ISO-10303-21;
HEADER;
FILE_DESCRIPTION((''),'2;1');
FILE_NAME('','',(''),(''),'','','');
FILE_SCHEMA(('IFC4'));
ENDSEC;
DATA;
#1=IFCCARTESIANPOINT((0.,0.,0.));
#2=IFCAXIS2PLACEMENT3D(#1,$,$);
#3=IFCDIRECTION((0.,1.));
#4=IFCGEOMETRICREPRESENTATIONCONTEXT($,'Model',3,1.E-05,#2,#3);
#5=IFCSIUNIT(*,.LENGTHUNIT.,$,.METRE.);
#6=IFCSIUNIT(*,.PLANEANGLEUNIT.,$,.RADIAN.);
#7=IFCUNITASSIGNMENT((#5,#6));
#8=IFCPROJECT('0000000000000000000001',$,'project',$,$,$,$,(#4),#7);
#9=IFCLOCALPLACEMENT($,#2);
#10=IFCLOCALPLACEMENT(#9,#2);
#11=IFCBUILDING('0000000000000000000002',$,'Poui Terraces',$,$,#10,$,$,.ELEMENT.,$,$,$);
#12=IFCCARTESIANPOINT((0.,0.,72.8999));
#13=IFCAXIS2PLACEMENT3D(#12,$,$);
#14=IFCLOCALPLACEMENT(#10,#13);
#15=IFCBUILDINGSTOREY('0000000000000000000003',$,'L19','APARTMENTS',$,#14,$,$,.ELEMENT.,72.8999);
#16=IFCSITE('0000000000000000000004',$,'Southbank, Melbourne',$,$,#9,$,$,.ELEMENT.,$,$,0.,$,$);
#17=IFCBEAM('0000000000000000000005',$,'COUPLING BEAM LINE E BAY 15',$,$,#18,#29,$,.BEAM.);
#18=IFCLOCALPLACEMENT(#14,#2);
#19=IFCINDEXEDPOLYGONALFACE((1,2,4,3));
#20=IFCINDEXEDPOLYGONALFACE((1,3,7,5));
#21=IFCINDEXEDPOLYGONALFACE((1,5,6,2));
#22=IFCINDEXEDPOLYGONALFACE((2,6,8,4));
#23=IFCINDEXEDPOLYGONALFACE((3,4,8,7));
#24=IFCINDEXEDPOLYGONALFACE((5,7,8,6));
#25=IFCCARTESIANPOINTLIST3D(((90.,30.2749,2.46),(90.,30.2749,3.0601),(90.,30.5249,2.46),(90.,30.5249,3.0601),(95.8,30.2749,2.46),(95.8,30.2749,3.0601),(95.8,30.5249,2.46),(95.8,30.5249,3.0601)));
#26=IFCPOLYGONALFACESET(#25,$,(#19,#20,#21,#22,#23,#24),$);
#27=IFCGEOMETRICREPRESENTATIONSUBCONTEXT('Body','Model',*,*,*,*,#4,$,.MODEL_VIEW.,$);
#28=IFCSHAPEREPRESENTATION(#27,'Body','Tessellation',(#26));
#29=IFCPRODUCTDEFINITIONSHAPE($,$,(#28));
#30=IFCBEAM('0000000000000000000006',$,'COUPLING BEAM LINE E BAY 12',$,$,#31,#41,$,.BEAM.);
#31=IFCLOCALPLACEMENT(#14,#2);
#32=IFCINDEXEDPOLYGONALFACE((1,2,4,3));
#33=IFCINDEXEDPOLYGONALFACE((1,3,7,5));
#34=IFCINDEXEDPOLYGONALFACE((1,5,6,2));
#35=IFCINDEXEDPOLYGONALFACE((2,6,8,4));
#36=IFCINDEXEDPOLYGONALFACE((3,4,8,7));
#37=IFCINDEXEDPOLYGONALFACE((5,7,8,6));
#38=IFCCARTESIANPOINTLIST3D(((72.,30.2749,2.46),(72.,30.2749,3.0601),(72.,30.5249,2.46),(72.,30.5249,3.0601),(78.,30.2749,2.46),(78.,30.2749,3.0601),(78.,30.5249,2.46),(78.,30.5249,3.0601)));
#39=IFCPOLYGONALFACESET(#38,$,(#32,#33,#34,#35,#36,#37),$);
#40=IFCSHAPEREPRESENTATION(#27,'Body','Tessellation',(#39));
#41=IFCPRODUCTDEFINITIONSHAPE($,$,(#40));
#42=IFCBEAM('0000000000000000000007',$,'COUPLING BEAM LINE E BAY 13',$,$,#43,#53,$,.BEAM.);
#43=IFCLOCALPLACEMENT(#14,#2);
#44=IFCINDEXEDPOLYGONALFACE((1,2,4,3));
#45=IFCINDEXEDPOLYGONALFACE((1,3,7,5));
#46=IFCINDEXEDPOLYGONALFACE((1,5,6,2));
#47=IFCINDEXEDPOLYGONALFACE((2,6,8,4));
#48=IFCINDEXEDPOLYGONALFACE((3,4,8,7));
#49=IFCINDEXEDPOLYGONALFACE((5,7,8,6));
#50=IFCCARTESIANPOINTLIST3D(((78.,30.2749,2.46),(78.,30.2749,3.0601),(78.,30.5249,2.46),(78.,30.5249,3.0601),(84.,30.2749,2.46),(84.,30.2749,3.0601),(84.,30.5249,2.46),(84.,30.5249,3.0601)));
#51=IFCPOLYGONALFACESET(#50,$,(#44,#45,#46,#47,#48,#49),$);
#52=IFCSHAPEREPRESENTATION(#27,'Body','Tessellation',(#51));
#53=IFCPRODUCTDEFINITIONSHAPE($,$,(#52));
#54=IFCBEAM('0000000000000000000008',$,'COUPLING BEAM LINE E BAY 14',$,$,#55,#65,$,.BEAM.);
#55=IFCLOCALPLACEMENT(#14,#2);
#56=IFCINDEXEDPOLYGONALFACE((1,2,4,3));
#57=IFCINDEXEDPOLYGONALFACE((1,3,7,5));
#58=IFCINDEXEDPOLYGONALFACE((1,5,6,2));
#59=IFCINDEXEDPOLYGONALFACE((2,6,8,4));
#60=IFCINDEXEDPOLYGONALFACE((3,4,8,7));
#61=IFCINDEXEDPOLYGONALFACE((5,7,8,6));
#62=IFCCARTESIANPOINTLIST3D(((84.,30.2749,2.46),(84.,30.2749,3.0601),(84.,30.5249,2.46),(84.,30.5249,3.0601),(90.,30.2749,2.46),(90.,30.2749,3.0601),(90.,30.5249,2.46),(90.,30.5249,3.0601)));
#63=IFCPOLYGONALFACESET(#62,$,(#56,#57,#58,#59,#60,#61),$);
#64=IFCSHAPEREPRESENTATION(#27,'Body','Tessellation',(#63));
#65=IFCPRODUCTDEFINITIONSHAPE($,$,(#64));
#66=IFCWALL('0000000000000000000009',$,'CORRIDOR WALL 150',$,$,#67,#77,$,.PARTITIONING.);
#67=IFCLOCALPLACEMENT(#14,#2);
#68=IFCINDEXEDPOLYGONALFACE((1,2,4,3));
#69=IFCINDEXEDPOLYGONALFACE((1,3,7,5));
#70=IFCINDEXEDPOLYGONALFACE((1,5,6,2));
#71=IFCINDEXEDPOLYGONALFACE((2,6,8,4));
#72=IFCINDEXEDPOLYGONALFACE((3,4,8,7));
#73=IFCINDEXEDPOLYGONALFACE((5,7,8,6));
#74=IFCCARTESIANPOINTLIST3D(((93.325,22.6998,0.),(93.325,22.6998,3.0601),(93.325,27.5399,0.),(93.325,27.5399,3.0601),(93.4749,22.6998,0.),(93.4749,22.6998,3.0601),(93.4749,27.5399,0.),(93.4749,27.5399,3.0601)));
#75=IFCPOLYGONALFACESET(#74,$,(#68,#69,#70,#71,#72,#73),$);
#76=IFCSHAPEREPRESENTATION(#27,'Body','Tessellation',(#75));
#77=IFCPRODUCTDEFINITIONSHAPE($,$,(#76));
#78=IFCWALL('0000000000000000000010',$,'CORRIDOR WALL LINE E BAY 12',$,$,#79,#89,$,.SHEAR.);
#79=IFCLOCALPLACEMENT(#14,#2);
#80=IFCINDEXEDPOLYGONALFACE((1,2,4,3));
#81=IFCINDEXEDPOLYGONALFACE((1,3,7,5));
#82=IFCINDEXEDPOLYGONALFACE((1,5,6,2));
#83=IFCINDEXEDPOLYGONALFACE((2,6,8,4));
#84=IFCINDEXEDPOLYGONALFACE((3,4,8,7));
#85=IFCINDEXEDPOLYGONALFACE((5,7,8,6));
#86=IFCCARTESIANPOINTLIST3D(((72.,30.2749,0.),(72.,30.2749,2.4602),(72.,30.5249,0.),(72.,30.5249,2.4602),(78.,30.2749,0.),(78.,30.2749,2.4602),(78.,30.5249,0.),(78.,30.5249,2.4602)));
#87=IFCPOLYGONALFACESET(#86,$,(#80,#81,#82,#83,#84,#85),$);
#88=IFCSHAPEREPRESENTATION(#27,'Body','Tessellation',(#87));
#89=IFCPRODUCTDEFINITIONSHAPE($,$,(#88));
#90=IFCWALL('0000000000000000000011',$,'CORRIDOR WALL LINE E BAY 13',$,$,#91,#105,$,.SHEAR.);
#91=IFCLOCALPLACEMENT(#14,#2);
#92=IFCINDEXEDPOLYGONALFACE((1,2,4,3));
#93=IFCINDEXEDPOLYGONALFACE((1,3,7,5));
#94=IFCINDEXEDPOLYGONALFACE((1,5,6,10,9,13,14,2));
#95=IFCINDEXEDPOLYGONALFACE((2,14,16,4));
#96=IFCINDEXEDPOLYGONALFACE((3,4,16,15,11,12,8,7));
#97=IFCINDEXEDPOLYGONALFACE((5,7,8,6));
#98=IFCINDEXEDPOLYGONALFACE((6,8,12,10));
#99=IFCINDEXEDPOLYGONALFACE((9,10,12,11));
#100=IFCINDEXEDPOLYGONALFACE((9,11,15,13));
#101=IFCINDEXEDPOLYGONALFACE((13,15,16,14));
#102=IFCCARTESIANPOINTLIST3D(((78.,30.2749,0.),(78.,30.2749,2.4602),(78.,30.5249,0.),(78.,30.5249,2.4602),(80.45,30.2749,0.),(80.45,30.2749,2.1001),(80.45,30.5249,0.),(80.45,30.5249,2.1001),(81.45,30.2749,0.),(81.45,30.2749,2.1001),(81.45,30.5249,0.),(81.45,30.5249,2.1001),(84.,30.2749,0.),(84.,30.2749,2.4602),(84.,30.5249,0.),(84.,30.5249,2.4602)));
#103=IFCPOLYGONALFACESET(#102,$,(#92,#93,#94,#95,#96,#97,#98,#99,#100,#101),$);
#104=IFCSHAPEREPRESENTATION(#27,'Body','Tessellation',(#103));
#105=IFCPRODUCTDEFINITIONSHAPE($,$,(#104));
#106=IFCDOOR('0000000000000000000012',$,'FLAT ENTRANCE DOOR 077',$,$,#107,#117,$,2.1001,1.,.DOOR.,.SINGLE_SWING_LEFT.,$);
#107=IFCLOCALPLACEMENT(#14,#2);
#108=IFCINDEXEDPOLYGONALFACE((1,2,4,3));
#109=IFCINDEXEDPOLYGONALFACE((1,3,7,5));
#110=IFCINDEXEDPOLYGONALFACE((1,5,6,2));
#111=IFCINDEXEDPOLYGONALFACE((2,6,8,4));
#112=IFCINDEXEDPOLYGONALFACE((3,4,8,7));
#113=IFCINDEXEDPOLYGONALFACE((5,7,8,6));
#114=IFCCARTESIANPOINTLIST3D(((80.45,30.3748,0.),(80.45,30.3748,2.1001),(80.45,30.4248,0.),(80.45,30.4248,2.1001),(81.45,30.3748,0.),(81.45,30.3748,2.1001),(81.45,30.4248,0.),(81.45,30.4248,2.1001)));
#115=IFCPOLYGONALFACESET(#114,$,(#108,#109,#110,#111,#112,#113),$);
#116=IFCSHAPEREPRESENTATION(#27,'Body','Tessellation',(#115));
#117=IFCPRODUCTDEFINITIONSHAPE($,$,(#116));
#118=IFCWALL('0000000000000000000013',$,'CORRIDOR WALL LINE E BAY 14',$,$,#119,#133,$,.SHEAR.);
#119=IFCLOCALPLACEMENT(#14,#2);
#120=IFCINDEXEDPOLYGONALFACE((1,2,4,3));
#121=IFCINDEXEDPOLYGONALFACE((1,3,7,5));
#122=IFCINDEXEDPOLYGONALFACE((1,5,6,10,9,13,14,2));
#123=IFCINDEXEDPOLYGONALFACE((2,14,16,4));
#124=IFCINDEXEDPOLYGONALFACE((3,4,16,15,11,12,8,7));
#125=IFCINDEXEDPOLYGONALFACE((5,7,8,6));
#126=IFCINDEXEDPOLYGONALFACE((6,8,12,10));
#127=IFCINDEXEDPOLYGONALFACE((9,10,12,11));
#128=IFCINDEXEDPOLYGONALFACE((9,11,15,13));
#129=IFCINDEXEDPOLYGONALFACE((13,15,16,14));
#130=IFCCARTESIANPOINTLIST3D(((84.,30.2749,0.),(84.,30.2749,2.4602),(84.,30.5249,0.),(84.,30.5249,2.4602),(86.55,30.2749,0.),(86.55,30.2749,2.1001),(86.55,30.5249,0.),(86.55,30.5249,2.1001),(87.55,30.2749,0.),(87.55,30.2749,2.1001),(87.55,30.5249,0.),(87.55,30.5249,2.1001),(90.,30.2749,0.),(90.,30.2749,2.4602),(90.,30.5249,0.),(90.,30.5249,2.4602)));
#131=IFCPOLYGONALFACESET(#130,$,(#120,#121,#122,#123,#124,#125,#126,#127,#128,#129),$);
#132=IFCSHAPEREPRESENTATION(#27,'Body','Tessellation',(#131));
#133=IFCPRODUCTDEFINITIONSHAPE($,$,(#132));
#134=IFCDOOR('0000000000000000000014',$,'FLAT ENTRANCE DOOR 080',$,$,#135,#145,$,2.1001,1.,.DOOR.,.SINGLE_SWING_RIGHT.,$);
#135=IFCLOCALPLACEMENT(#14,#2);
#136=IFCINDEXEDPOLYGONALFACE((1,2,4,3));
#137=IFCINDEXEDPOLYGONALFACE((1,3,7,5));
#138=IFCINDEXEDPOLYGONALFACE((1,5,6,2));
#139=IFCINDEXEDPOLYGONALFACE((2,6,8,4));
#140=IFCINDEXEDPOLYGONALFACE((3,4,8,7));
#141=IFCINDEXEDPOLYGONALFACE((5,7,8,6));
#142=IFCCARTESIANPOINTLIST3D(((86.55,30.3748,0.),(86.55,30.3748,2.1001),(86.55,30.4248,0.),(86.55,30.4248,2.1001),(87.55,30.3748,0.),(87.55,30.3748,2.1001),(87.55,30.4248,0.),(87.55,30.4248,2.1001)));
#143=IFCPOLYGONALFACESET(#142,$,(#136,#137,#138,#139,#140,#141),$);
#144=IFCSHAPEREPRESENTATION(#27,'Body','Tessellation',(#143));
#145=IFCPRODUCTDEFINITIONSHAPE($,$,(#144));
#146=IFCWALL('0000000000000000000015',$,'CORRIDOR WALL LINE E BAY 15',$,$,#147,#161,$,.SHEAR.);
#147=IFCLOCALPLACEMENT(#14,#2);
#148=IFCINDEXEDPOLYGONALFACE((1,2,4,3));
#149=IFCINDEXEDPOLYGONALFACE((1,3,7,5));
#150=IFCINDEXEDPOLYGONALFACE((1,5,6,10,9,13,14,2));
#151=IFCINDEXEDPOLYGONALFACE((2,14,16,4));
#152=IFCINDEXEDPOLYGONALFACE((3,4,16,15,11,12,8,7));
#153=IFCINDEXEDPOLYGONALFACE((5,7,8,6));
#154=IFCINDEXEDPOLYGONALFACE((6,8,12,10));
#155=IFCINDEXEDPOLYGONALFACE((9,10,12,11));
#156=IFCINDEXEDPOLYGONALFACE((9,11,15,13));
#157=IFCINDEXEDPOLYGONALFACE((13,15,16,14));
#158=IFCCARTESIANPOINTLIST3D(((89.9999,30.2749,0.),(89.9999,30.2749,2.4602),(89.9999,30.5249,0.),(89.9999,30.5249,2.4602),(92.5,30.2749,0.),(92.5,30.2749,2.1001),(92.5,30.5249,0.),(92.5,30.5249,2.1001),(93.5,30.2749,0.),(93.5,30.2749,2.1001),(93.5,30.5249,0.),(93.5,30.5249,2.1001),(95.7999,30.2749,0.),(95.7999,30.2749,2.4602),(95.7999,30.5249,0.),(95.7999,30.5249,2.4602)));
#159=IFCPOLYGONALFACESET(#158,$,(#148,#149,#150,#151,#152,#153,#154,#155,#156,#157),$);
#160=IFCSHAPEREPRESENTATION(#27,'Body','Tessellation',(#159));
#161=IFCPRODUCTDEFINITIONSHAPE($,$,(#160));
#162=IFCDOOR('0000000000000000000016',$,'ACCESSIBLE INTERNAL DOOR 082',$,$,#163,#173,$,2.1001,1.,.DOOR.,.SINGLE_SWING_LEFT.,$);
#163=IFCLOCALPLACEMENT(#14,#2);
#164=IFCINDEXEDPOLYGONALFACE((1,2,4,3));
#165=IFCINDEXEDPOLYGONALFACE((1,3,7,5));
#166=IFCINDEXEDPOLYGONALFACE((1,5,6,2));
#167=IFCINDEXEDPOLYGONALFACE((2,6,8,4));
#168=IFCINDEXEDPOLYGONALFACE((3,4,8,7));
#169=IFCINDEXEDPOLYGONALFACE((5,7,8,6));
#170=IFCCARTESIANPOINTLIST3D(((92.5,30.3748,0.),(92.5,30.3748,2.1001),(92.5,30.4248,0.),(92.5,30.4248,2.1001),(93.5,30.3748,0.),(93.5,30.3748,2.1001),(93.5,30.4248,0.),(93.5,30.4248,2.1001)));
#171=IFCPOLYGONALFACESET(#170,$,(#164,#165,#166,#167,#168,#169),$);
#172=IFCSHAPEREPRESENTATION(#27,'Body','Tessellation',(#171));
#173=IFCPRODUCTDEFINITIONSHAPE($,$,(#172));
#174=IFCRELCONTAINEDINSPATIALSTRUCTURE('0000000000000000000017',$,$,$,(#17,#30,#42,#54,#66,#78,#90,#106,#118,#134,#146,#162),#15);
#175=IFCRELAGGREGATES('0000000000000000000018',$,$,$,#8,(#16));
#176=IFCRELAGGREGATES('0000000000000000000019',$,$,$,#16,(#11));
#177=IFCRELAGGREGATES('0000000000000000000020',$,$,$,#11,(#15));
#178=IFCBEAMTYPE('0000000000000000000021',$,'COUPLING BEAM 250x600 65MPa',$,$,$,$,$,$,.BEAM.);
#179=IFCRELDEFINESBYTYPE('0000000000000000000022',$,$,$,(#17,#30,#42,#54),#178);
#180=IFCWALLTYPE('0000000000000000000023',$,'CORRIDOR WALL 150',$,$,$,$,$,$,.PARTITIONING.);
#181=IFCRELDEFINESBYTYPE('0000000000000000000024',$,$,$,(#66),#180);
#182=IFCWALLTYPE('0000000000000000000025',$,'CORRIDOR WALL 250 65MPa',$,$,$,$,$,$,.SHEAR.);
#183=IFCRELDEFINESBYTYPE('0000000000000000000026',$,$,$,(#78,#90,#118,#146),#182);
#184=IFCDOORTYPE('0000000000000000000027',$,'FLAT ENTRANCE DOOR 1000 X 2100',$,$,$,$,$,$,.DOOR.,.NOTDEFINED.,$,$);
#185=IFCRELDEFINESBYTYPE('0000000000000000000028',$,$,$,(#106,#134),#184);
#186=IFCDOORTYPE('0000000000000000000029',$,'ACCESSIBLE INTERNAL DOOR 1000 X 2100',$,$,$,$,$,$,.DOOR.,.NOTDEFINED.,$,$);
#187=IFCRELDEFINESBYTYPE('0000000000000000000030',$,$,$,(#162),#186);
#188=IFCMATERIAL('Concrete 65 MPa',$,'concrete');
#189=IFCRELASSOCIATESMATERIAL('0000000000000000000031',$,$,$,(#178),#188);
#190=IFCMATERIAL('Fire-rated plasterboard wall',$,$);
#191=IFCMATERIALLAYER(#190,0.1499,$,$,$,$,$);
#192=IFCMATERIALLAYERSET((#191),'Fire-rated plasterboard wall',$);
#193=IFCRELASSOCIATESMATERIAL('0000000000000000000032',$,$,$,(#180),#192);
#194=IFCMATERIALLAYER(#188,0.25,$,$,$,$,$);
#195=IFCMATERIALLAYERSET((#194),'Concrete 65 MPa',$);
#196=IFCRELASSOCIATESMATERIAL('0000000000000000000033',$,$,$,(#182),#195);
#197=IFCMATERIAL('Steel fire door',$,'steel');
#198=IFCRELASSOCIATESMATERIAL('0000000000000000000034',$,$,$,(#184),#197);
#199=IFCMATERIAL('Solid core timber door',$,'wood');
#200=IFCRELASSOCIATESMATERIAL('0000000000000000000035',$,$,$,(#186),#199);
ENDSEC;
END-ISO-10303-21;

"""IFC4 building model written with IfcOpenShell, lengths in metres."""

from ifc_helpers import new_model, si_unit, direction, frame, frame_2d, origin, origin_2d, place, context, subcontext, project, spatial, rectangle, extrude, source, transform, mapped, material, layer, layer_set, material_profile, profile_set, type_object, element, fill, save


model = new_model("IFC4")

# Units and contexts
model_context = context("Model", 3, precision=1e-05, world=origin(), true_north=direction((0.0, 1.0)))
body_context = subcontext(model_context, "Body", "Model", "MODEL_VIEW")
ifc_project = project(units=[si_unit("LENGTHUNIT", "METRE"), si_unit("PLANEANGLEUNIT", "RADIAN")], contexts=[model_context])

# Site, building, storey
site_placement = place(None, origin())
site = spatial("IfcSite", under=ifc_project, at=site_placement, Name="Southbank, Melbourne", CompositionType="ELEMENT", RefElevation=0.0)
building_placement = place(site_placement, origin())
building = spatial("IfcBuilding", under=site, at=building_placement, Name="Poui Terraces", CompositionType="ELEMENT")
storey_placement = place(building_placement, frame((0.0, 0.0, 72.8999)))
storey = spatial("IfcBuildingStorey", under=building, at=storey_placement, Name="L19", Description="APARTMENTS", CompositionType="ELEMENT", Elevation=72.8999)

# Beams
ifc_material_1 = material(Name="Concrete 65 MPa", Category="concrete")
ifc_material_profile = material_profile(ifc_material_1, rectangle(XDim=0.25, YDim=0.6001, at=origin_2d()), Name="RC 250x600")
ifc_profile_set = profile_set([ifc_material_profile], Name="Concrete 65 MPa")
beam_type = type_object("IfcBeamType", Name="COUPLING BEAM 250x600 65MPa", PredefinedType="BEAM", material=ifc_profile_set)
shared_shape_1 = source(origin(), body_context, "Body", "SweptSolid", [
    extrude(rectangle(XDim=0.25, YDim=0.6001, at=origin_2d()), origin(), (0.0, 0.0, 1.0), 5.8),
])
beam_placement = place(storey_placement, frame((90.0, 30.3999, 2.76), z_axis=(1.0, 0.0, 0.0), x_axis=(0.0, 1.0, 0.0)))
element("IfcBeam", 1, at=beam_placement, inside=storey, type_object=beam_type, Name="COUPLING BEAM LINE E BAY 15", PredefinedType="BEAM", context=body_context, shape_type="MappedRepresentation", body=[
    mapped(shared_shape_1, transform((0.0, 0.0, 0.0))),
])
shared_shape_2 = source(origin(), body_context, "Body", "SweptSolid", [
    extrude(rectangle(XDim=0.25, YDim=0.6001, at=origin_2d()), origin(), (0.0, 0.0, 1.0), 6.0),
])
for number, where, z_axis, x_axis, name in (
    (2, (72.0, 30.3999, 2.76), (1.0, 0.0, 0.0), (0.0, 1.0, 0.0), "COUPLING BEAM LINE E BAY 12"),
    (3, (78.0, 30.3999, 2.76), (1.0, 0.0, 0.0), (0.0, 1.0, 0.0), "COUPLING BEAM LINE E BAY 13"),
    (4, (84.0, 30.3999, 2.76), (1.0, 0.0, 0.0), (0.0, 1.0, 0.0), "COUPLING BEAM LINE E BAY 14"),
):
    element("IfcBeam", number, at=place(storey_placement, frame(where, z_axis=z_axis, x_axis=x_axis)), inside=storey, type_object=beam_type, Name=name, PredefinedType="BEAM", context=body_context, shape_type="MappedRepresentation", body=[
        mapped(shared_shape_2, transform((0.0, 0.0, 0.0))),
    ])

# Walls
ifc_material_2 = material(Name="Fire-rated plasterboard wall")
ifc_layer_1 = layer(ifc_material_2, 0.1499)
ifc_layer_set_1 = layer_set([ifc_layer_1], Name="Fire-rated plasterboard wall")
wall_type_1 = type_object("IfcWallType", Name="CORRIDOR WALL 150", PredefinedType="PARTITIONING", material=ifc_layer_set_1)
wall_1_placement = place(storey_placement, frame((93.3999, 22.7, 0.0), z_axis=(0.0, 0.0, 1.0), x_axis=(0.0, 1.0, 0.0)))
element("IfcWall", 5, at=wall_1_placement, inside=storey, type_object=wall_type_1, Name="CORRIDOR WALL 150", PredefinedType="PARTITIONING", context=body_context, shape_type="SweptSolid", body=[
    extrude(rectangle(XDim=4.8401, YDim=0.1499, at=frame_2d((2.4199, 0.0))), origin(), (0.0, 0.0, 1.0), 3.0601),
])
ifc_layer_2 = layer(ifc_material_1, 0.25)
ifc_layer_set_2 = layer_set([ifc_layer_2], Name="Concrete 65 MPa")
wall_type_2 = type_object("IfcWallType", Name="CORRIDOR WALL 250 65MPa", PredefinedType="SHEAR", material=ifc_layer_set_2)
wall_2_placement = place(storey_placement, frame((72.0, 30.3999, 0.0), z_axis=(0.0, 0.0, 1.0), x_axis=(1.0, 0.0, 0.0)))
element("IfcWall", 6, at=wall_2_placement, inside=storey, type_object=wall_type_2, Name="CORRIDOR WALL LINE E BAY 12", PredefinedType="SHEAR", context=body_context, shape_type="SweptSolid", body=[
    extrude(rectangle(XDim=6.0, YDim=0.25, at=frame_2d((3.0, 0.0))), origin(), (0.0, 0.0, 1.0), 2.4602),
])

# Walls, openings, doors
wall_3_placement = place(storey_placement, frame((78.0, 30.3999, 0.0), z_axis=(0.0, 0.0, 1.0), x_axis=(1.0, 0.0, 0.0)))
wall_3 = element("IfcWall", 7, at=wall_3_placement, inside=storey, type_object=wall_type_2, Name="CORRIDOR WALL LINE E BAY 13", PredefinedType="SHEAR", context=body_context, shape_type="SweptSolid", body=[
    extrude(rectangle(XDim=6.0, YDim=0.25, at=frame_2d((3.0, 0.0))), origin(), (0.0, 0.0, 1.0), 2.4602),
])
opening_1_placement = place(wall_3_placement, frame((2.45, 0.0, 0.0)))
opening_1 = element("IfcOpeningElement", 8, at=opening_1_placement, cuts=wall_3, PredefinedType="OPENING", context=body_context, shape_type="SweptSolid", body=[
    extrude(rectangle(XDim=1.0, YDim=2.1001, at=frame_2d((0.5, 1.05))), frame((0.0, 0.135, 0.0), z_axis=(0.0, -1.0, 0.0), x_axis=(1.0, 0.0, 0.0)), (0.0, 0.0, 1.0), 0.27),
])
ifc_material_3 = material(Name="Steel fire door", Category="steel")
door_type_1 = type_object("IfcDoorType", Name="FLAT ENTRANCE DOOR 1000 X 2100", OperationType="NOTDEFINED", PredefinedType="DOOR", material=ifc_material_3)
door_1_placement = place(opening_1_placement, origin())
door_1 = element("IfcDoor", 9, at=door_1_placement, inside=storey, type_object=door_type_1, Name="FLAT ENTRANCE DOOR 077", OperationType="SINGLE_SWING_LEFT", OverallHeight=2.1001, OverallWidth=1.0, PredefinedType="DOOR", context=body_context, shape_type="SweptSolid", body=[
    extrude(rectangle(XDim=1.0, YDim=2.1001, at=frame_2d((0.5, 1.05))), frame((0.0, 0.0249, 0.0), z_axis=(0.0, -1.0, 0.0), x_axis=(1.0, 0.0, 0.0)), (0.0, 0.0, 1.0), 0.05),
])
fill(opening_1, door_1)
wall_4_placement = place(storey_placement, frame((84.0, 30.3999, 0.0), z_axis=(0.0, 0.0, 1.0), x_axis=(1.0, 0.0, 0.0)))
wall_4 = element("IfcWall", 10, at=wall_4_placement, inside=storey, type_object=wall_type_2, Name="CORRIDOR WALL LINE E BAY 14", PredefinedType="SHEAR", context=body_context, shape_type="SweptSolid", body=[
    extrude(rectangle(XDim=6.0, YDim=0.25, at=frame_2d((3.0, 0.0))), origin(), (0.0, 0.0, 1.0), 2.4602),
])
opening_2_placement = place(wall_4_placement, frame((2.55, 0.0, 0.0)))
opening_2 = element("IfcOpeningElement", 11, at=opening_2_placement, cuts=wall_4, PredefinedType="OPENING", context=body_context, shape_type="SweptSolid", body=[
    extrude(rectangle(XDim=1.0, YDim=2.1001, at=frame_2d((0.5, 1.05))), frame((0.0, 0.135, 0.0), z_axis=(0.0, -1.0, 0.0), x_axis=(1.0, 0.0, 0.0)), (0.0, 0.0, 1.0), 0.27),
])
door_2_placement = place(opening_2_placement, origin())
door_2 = element("IfcDoor", 12, at=door_2_placement, inside=storey, type_object=door_type_1, Name="FLAT ENTRANCE DOOR 080", OperationType="SINGLE_SWING_RIGHT", OverallHeight=2.1001, OverallWidth=1.0, PredefinedType="DOOR", context=body_context, shape_type="SweptSolid", body=[
    extrude(rectangle(XDim=1.0, YDim=2.1001, at=frame_2d((0.5, 1.05))), frame((0.0, 0.0249, 0.0), z_axis=(0.0, -1.0, 0.0), x_axis=(1.0, 0.0, 0.0)), (0.0, 0.0, 1.0), 0.05),
])
fill(opening_2, door_2)
wall_5_placement = place(storey_placement, frame((90.0, 30.3999, 0.0), z_axis=(0.0, 0.0, 1.0), x_axis=(1.0, 0.0, 0.0)))
wall_5 = element("IfcWall", 13, at=wall_5_placement, inside=storey, type_object=wall_type_2, Name="CORRIDOR WALL LINE E BAY 15", PredefinedType="SHEAR", context=body_context, shape_type="SweptSolid", body=[
    extrude(rectangle(XDim=5.8, YDim=0.25, at=frame_2d((2.8999, 0.0))), origin(), (0.0, 0.0, 1.0), 2.4602),
])
opening_3_placement = place(wall_5_placement, frame((2.5, 0.0, 0.0)))
opening_3 = element("IfcOpeningElement", 14, at=opening_3_placement, cuts=wall_5, PredefinedType="OPENING", context=body_context, shape_type="SweptSolid", body=[
    extrude(rectangle(XDim=1.0, YDim=2.1001, at=frame_2d((0.5, 1.05))), frame((0.0, 0.135, 0.0), z_axis=(0.0, -1.0, 0.0), x_axis=(1.0, 0.0, 0.0)), (0.0, 0.0, 1.0), 0.27),
])
ifc_material_4 = material(Name="Solid core timber door", Category="wood")
door_type_2 = type_object("IfcDoorType", Name="ACCESSIBLE INTERNAL DOOR 1000 X 2100", OperationType="NOTDEFINED", PredefinedType="DOOR", material=ifc_material_4)
door_3_placement = place(opening_3_placement, origin())
door_3 = element("IfcDoor", 15, at=door_3_placement, inside=storey, type_object=door_type_2, Name="ACCESSIBLE INTERNAL DOOR 082", OperationType="SINGLE_SWING_LEFT", OverallHeight=2.1001, OverallWidth=1.0, PredefinedType="DOOR", context=body_context, shape_type="SweptSolid", body=[
    extrude(rectangle(XDim=1.0, YDim=2.1001, at=frame_2d((0.5, 1.05))), frame((0.0, 0.0249, 0.0), z_axis=(0.0, -1.0, 0.0), x_axis=(1.0, 0.0, 0.0)), (0.0, 0.0, 1.0), 0.05),
])
fill(opening_3, door_3)

save(model, "model.ifc")
